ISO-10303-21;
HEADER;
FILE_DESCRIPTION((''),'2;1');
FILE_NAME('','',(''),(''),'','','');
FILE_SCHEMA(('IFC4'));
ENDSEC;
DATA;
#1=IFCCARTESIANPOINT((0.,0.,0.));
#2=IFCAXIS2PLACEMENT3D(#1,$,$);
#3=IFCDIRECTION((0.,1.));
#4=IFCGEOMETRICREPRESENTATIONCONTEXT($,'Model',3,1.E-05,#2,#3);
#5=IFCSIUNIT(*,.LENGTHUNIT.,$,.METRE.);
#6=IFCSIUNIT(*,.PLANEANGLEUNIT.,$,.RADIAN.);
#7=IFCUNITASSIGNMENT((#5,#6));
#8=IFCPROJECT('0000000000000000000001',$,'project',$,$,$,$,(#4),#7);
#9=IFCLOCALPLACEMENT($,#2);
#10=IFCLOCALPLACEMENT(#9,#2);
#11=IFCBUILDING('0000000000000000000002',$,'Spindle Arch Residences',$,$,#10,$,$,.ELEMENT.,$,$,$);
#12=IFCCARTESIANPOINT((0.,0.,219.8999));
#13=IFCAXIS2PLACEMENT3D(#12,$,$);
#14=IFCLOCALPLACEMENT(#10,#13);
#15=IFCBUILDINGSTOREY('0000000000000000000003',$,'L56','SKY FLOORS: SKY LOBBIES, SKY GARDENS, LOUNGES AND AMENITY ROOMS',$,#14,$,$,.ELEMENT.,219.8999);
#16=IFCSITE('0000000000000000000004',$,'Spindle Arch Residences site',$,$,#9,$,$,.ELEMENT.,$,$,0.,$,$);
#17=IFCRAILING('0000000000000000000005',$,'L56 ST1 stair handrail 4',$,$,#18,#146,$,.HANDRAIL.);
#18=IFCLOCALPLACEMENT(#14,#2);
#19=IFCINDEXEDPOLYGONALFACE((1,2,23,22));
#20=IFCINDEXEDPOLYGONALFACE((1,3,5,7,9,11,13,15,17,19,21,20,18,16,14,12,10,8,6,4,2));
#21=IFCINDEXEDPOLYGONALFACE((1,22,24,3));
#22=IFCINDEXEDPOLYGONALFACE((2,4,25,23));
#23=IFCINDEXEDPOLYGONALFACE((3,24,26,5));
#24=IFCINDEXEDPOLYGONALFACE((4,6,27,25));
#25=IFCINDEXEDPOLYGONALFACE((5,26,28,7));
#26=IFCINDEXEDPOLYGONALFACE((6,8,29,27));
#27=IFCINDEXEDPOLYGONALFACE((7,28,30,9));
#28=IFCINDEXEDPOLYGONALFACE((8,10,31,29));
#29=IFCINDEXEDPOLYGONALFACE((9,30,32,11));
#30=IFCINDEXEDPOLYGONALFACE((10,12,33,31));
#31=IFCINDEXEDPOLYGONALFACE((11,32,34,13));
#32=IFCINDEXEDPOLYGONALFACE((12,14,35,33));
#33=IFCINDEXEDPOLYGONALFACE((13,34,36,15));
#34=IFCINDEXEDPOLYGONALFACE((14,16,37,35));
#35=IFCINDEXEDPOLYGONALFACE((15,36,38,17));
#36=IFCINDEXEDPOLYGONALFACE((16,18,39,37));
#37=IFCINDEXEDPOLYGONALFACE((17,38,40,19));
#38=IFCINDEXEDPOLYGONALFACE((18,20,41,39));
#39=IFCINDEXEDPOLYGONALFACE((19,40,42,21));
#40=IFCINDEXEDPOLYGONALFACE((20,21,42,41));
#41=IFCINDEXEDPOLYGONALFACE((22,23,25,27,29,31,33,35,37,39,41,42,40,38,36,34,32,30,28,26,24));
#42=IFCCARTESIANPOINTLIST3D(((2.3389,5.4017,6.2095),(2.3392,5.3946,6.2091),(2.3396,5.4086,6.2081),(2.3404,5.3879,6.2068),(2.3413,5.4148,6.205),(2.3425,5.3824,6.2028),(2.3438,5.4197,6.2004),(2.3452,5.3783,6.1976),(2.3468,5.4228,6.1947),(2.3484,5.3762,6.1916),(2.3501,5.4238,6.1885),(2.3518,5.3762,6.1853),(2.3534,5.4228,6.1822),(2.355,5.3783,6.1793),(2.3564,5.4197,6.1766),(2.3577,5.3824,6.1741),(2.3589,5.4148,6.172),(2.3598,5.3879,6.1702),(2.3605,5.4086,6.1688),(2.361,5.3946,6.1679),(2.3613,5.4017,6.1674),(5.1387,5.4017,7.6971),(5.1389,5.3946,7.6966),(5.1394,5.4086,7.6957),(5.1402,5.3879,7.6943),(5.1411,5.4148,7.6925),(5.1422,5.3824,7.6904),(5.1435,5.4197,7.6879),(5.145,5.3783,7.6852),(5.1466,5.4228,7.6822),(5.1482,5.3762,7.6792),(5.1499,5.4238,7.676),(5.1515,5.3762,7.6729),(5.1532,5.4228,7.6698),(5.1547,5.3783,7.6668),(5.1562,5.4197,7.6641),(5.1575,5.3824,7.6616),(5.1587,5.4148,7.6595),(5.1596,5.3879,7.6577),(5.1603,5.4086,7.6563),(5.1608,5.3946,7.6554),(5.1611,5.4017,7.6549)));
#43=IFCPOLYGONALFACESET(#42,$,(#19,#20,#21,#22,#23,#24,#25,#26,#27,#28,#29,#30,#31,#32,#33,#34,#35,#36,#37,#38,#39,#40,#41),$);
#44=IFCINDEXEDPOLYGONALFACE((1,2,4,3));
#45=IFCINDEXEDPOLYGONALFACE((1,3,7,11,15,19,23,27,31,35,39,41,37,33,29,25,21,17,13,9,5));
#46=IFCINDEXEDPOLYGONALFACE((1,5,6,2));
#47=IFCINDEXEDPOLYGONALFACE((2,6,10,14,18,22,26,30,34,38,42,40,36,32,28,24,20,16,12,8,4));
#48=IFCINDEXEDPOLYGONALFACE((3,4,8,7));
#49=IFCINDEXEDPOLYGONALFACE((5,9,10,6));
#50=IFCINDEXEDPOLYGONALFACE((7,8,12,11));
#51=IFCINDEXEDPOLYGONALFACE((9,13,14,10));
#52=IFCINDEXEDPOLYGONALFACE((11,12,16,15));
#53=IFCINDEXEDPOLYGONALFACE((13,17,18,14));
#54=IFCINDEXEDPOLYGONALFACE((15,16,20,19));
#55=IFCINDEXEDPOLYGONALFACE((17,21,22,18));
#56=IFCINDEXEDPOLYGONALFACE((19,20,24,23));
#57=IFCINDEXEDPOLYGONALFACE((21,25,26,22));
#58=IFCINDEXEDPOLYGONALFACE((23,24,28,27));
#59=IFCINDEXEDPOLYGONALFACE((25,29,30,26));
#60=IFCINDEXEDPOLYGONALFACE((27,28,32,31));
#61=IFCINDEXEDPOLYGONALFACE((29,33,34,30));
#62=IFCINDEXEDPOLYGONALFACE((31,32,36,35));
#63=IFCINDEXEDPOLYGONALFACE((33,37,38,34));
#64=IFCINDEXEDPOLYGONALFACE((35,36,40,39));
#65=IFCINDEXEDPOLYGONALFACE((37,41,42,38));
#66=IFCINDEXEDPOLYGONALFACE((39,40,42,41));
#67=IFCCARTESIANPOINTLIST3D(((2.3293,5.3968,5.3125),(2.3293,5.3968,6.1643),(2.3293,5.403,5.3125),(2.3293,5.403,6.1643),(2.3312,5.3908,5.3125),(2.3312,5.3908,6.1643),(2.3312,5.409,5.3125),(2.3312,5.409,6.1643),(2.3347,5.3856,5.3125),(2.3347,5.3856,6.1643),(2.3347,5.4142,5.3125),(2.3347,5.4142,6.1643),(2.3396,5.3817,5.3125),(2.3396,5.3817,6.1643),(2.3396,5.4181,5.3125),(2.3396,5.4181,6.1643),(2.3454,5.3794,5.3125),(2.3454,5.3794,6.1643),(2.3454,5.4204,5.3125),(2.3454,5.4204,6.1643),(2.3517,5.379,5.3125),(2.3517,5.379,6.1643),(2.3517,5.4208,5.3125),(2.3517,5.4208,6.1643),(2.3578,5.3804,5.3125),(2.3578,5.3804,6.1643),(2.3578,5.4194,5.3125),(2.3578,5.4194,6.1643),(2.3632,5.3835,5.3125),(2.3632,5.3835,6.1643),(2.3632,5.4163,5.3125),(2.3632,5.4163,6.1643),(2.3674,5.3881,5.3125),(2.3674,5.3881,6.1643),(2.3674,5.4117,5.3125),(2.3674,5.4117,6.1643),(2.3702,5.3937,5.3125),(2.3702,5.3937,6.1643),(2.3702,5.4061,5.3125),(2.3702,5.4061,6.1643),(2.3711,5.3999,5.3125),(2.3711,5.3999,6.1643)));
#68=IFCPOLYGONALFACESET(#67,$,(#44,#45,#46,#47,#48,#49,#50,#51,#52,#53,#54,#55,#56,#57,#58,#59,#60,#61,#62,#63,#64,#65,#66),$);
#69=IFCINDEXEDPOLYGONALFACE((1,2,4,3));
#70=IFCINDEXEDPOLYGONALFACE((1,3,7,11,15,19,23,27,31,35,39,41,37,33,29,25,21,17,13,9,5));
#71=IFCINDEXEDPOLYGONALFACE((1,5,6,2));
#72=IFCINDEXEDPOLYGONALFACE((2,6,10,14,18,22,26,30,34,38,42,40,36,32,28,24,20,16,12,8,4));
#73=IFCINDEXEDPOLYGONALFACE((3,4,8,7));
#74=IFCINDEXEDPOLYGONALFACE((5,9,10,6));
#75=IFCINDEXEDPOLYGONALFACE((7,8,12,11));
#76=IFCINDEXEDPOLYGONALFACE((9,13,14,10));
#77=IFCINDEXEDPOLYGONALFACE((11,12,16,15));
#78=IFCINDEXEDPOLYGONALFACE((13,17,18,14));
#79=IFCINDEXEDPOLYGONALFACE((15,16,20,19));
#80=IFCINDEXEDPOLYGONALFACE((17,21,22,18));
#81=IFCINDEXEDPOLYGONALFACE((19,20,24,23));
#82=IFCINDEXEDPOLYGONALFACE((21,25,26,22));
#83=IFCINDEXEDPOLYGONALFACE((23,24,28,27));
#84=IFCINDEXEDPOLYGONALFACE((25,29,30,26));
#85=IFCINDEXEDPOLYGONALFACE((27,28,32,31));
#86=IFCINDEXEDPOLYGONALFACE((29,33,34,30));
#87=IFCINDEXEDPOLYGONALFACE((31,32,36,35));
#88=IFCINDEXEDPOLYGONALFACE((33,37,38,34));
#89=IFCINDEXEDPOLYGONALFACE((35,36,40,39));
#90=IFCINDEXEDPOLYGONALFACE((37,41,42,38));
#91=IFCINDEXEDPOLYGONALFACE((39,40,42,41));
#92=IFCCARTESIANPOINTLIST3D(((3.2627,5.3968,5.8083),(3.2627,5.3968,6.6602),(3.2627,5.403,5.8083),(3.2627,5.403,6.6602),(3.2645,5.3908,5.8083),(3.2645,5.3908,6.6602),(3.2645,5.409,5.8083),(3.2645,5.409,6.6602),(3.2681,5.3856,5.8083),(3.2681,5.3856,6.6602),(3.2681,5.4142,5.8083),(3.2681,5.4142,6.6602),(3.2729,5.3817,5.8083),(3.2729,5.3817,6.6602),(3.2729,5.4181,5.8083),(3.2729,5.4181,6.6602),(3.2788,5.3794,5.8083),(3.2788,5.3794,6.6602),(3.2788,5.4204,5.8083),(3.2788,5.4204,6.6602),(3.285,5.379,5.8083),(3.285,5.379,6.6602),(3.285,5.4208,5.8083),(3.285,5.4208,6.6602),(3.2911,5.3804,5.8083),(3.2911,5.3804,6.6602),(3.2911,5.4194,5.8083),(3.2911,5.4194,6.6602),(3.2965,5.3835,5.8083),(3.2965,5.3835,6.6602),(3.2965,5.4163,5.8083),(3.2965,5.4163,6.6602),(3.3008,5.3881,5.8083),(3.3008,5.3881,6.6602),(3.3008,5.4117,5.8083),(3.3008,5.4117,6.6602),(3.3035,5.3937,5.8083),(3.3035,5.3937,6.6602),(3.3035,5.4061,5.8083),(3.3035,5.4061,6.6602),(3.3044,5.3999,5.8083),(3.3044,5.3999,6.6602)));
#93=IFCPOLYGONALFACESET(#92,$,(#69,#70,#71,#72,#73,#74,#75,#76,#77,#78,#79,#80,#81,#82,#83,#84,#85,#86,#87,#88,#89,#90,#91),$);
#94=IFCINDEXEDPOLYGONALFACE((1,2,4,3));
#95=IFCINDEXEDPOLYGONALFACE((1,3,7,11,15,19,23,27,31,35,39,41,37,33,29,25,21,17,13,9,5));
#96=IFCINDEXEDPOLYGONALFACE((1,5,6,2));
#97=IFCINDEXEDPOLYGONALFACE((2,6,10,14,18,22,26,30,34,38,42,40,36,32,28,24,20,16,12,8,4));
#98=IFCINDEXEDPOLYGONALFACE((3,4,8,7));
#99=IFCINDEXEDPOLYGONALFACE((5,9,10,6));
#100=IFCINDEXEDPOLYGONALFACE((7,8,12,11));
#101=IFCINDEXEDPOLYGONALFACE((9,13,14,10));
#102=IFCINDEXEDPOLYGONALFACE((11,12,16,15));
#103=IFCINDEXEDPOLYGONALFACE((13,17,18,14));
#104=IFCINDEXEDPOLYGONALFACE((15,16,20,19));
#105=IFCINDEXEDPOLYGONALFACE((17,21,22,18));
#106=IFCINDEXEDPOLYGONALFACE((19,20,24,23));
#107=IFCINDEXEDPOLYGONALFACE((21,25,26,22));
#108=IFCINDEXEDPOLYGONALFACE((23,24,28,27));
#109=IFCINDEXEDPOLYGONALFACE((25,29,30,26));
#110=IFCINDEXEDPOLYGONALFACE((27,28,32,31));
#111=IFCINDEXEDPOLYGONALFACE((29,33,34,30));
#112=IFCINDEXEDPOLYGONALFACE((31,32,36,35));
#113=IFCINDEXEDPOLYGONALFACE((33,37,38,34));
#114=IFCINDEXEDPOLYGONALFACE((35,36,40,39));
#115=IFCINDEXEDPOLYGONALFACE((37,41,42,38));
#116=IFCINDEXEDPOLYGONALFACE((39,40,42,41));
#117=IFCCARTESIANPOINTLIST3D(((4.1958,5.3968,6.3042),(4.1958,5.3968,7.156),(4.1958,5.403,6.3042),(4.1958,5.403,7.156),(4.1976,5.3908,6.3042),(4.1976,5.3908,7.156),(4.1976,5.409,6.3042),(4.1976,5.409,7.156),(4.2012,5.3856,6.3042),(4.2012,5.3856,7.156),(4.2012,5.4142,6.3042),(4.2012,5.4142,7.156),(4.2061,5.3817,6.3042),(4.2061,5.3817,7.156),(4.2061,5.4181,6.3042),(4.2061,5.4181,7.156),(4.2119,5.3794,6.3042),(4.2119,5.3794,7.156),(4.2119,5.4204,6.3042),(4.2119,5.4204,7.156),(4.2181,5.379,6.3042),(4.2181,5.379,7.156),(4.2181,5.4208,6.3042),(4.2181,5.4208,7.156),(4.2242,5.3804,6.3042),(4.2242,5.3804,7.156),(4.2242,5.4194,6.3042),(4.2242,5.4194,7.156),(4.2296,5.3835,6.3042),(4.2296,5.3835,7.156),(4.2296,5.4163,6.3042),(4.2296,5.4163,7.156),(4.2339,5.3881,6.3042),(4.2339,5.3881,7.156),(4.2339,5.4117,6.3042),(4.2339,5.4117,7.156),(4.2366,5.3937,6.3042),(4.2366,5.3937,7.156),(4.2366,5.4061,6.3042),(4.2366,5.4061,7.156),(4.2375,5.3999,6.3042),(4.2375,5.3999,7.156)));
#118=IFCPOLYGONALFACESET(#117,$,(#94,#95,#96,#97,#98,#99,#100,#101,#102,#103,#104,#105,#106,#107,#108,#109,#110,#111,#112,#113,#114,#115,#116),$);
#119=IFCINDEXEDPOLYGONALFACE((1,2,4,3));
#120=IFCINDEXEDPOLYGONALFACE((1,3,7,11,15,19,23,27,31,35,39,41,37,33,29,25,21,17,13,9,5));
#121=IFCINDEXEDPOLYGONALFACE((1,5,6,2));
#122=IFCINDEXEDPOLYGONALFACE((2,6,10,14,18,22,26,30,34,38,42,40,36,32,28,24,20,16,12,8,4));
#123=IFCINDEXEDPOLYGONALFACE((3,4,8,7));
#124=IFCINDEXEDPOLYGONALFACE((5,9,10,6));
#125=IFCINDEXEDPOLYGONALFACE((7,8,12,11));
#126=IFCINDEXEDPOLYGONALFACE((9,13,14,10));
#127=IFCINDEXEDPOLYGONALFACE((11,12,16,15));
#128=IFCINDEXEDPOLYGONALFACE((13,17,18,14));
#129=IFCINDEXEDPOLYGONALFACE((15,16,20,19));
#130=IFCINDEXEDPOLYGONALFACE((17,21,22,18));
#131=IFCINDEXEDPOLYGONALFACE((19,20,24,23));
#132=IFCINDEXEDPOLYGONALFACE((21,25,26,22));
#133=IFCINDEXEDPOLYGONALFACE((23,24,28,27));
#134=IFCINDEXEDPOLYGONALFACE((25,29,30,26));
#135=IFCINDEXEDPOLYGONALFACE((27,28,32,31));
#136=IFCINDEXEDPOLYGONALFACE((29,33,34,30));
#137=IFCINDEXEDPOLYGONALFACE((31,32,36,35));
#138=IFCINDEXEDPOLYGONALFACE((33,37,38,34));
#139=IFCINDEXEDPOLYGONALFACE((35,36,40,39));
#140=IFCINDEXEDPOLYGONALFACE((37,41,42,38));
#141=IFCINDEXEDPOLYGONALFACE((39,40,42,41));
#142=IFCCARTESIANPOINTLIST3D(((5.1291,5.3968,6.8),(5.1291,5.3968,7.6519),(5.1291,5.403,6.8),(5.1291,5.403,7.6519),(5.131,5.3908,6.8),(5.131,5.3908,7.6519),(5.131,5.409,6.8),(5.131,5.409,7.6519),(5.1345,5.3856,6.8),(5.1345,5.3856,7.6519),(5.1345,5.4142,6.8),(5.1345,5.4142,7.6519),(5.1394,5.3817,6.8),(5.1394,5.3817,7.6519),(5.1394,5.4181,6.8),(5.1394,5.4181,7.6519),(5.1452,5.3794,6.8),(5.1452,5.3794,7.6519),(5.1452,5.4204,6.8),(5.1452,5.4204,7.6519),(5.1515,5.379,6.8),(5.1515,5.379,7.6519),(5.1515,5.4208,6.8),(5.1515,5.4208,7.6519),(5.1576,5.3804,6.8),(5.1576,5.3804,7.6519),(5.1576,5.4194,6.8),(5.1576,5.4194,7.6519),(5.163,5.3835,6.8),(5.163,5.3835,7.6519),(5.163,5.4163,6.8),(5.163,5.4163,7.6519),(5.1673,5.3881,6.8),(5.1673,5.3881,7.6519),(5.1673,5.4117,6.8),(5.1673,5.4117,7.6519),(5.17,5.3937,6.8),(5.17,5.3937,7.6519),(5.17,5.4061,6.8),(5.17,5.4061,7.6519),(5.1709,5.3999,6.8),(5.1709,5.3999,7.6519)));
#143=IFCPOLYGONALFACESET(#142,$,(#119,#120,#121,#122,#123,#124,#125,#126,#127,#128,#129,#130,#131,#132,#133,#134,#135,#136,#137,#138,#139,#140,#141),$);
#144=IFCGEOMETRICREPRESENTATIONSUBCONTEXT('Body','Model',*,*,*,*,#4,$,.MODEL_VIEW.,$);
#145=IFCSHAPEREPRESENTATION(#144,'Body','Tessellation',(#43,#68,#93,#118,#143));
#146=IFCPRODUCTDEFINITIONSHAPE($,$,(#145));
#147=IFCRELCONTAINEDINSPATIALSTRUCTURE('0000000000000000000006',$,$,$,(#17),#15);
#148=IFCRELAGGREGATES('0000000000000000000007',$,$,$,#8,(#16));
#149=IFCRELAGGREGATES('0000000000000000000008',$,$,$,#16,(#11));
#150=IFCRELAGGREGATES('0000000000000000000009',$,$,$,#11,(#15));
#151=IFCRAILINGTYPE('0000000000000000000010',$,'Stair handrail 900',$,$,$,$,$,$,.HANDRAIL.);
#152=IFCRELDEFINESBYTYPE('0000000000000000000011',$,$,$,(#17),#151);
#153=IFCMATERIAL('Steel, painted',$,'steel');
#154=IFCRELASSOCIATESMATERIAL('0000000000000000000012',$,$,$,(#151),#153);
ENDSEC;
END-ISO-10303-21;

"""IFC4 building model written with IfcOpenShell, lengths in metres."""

from ifc_helpers import new_model, si_unit, direction, frame, origin, origin_2d, place, context, subcontext, project, spatial, circle, extrude, material, type_object, element, save


model = new_model("IFC4")

# Units and contexts
model_context = context("Model", 3, precision=1e-05, world=origin(), true_north=direction((0.0, 1.0)))
body_context = subcontext(model_context, "Body", "Model", "MODEL_VIEW")
ifc_project = project(units=[si_unit("LENGTHUNIT", "METRE"), si_unit("PLANEANGLEUNIT", "RADIAN")], contexts=[model_context])

# Site, building, storey
site_placement = place(None, origin())
site = spatial("IfcSite", under=ifc_project, at=site_placement, Name="Spindle Arch Residences site", CompositionType="ELEMENT", RefElevation=0.0)
building_placement = place(site_placement, origin())
building = spatial("IfcBuilding", under=site, at=building_placement, Name="Spindle Arch Residences", CompositionType="ELEMENT")
storey_placement = place(building_placement, frame((0.0, 0.0, 219.8999)))
storey = spatial("IfcBuildingStorey", under=building, at=storey_placement, Name="L56", Description="SKY FLOORS: SKY LOBBIES, SKY GARDENS, LOUNGES AND AMENITY ROOMS", CompositionType="ELEMENT", Elevation=219.8999)

# Railing
ifc_material_1 = material(Name="Steel, painted", Category="steel")
railing_type_1 = type_object("IfcRailingType", Name="Stair handrail 900", PredefinedType="HANDRAIL", material=ifc_material_1)
for number, where, name in (
    (1, (2.3501, 5.3999, 5.3125), "L56 ST1 stair handrail 4"),
):
    element("IfcRailing", number, at=place(storey_placement, frame(where)), inside=storey, type_object=railing_type_1, Name=name, PredefinedType="HANDRAIL", context=body_context, shape_type="SweptSolid", body=[
        extrude(circle(Radius=0.0239, at=origin_2d()), frame((0.0, 0.0, 0.876), z_axis=(0.883096, 0.0, 0.469193), x_axis=(0.0, 1.0, 0.0)), (0.0, 0.0, 1.0), 3.1704),
        extrude(circle(Radius=0.021, at=origin_2d()), origin(), (0.0, 0.0, 1.0), 0.8518),
        extrude(circle(Radius=0.021, at=origin_2d()), frame((0.9333, 0.0, 0.4958)), (0.0, 0.0, 1.0), 0.8518),
        extrude(circle(Radius=0.021, at=origin_2d()), frame((1.8665, 0.0, 0.9917)), (0.0, 0.0, 1.0), 0.8518),
        extrude(circle(Radius=0.021, at=origin_2d()), frame((2.7998, 0.0, 1.4875)), (0.0, 0.0, 1.0), 0.8518),
    ])

save(model, "model.ifc")
